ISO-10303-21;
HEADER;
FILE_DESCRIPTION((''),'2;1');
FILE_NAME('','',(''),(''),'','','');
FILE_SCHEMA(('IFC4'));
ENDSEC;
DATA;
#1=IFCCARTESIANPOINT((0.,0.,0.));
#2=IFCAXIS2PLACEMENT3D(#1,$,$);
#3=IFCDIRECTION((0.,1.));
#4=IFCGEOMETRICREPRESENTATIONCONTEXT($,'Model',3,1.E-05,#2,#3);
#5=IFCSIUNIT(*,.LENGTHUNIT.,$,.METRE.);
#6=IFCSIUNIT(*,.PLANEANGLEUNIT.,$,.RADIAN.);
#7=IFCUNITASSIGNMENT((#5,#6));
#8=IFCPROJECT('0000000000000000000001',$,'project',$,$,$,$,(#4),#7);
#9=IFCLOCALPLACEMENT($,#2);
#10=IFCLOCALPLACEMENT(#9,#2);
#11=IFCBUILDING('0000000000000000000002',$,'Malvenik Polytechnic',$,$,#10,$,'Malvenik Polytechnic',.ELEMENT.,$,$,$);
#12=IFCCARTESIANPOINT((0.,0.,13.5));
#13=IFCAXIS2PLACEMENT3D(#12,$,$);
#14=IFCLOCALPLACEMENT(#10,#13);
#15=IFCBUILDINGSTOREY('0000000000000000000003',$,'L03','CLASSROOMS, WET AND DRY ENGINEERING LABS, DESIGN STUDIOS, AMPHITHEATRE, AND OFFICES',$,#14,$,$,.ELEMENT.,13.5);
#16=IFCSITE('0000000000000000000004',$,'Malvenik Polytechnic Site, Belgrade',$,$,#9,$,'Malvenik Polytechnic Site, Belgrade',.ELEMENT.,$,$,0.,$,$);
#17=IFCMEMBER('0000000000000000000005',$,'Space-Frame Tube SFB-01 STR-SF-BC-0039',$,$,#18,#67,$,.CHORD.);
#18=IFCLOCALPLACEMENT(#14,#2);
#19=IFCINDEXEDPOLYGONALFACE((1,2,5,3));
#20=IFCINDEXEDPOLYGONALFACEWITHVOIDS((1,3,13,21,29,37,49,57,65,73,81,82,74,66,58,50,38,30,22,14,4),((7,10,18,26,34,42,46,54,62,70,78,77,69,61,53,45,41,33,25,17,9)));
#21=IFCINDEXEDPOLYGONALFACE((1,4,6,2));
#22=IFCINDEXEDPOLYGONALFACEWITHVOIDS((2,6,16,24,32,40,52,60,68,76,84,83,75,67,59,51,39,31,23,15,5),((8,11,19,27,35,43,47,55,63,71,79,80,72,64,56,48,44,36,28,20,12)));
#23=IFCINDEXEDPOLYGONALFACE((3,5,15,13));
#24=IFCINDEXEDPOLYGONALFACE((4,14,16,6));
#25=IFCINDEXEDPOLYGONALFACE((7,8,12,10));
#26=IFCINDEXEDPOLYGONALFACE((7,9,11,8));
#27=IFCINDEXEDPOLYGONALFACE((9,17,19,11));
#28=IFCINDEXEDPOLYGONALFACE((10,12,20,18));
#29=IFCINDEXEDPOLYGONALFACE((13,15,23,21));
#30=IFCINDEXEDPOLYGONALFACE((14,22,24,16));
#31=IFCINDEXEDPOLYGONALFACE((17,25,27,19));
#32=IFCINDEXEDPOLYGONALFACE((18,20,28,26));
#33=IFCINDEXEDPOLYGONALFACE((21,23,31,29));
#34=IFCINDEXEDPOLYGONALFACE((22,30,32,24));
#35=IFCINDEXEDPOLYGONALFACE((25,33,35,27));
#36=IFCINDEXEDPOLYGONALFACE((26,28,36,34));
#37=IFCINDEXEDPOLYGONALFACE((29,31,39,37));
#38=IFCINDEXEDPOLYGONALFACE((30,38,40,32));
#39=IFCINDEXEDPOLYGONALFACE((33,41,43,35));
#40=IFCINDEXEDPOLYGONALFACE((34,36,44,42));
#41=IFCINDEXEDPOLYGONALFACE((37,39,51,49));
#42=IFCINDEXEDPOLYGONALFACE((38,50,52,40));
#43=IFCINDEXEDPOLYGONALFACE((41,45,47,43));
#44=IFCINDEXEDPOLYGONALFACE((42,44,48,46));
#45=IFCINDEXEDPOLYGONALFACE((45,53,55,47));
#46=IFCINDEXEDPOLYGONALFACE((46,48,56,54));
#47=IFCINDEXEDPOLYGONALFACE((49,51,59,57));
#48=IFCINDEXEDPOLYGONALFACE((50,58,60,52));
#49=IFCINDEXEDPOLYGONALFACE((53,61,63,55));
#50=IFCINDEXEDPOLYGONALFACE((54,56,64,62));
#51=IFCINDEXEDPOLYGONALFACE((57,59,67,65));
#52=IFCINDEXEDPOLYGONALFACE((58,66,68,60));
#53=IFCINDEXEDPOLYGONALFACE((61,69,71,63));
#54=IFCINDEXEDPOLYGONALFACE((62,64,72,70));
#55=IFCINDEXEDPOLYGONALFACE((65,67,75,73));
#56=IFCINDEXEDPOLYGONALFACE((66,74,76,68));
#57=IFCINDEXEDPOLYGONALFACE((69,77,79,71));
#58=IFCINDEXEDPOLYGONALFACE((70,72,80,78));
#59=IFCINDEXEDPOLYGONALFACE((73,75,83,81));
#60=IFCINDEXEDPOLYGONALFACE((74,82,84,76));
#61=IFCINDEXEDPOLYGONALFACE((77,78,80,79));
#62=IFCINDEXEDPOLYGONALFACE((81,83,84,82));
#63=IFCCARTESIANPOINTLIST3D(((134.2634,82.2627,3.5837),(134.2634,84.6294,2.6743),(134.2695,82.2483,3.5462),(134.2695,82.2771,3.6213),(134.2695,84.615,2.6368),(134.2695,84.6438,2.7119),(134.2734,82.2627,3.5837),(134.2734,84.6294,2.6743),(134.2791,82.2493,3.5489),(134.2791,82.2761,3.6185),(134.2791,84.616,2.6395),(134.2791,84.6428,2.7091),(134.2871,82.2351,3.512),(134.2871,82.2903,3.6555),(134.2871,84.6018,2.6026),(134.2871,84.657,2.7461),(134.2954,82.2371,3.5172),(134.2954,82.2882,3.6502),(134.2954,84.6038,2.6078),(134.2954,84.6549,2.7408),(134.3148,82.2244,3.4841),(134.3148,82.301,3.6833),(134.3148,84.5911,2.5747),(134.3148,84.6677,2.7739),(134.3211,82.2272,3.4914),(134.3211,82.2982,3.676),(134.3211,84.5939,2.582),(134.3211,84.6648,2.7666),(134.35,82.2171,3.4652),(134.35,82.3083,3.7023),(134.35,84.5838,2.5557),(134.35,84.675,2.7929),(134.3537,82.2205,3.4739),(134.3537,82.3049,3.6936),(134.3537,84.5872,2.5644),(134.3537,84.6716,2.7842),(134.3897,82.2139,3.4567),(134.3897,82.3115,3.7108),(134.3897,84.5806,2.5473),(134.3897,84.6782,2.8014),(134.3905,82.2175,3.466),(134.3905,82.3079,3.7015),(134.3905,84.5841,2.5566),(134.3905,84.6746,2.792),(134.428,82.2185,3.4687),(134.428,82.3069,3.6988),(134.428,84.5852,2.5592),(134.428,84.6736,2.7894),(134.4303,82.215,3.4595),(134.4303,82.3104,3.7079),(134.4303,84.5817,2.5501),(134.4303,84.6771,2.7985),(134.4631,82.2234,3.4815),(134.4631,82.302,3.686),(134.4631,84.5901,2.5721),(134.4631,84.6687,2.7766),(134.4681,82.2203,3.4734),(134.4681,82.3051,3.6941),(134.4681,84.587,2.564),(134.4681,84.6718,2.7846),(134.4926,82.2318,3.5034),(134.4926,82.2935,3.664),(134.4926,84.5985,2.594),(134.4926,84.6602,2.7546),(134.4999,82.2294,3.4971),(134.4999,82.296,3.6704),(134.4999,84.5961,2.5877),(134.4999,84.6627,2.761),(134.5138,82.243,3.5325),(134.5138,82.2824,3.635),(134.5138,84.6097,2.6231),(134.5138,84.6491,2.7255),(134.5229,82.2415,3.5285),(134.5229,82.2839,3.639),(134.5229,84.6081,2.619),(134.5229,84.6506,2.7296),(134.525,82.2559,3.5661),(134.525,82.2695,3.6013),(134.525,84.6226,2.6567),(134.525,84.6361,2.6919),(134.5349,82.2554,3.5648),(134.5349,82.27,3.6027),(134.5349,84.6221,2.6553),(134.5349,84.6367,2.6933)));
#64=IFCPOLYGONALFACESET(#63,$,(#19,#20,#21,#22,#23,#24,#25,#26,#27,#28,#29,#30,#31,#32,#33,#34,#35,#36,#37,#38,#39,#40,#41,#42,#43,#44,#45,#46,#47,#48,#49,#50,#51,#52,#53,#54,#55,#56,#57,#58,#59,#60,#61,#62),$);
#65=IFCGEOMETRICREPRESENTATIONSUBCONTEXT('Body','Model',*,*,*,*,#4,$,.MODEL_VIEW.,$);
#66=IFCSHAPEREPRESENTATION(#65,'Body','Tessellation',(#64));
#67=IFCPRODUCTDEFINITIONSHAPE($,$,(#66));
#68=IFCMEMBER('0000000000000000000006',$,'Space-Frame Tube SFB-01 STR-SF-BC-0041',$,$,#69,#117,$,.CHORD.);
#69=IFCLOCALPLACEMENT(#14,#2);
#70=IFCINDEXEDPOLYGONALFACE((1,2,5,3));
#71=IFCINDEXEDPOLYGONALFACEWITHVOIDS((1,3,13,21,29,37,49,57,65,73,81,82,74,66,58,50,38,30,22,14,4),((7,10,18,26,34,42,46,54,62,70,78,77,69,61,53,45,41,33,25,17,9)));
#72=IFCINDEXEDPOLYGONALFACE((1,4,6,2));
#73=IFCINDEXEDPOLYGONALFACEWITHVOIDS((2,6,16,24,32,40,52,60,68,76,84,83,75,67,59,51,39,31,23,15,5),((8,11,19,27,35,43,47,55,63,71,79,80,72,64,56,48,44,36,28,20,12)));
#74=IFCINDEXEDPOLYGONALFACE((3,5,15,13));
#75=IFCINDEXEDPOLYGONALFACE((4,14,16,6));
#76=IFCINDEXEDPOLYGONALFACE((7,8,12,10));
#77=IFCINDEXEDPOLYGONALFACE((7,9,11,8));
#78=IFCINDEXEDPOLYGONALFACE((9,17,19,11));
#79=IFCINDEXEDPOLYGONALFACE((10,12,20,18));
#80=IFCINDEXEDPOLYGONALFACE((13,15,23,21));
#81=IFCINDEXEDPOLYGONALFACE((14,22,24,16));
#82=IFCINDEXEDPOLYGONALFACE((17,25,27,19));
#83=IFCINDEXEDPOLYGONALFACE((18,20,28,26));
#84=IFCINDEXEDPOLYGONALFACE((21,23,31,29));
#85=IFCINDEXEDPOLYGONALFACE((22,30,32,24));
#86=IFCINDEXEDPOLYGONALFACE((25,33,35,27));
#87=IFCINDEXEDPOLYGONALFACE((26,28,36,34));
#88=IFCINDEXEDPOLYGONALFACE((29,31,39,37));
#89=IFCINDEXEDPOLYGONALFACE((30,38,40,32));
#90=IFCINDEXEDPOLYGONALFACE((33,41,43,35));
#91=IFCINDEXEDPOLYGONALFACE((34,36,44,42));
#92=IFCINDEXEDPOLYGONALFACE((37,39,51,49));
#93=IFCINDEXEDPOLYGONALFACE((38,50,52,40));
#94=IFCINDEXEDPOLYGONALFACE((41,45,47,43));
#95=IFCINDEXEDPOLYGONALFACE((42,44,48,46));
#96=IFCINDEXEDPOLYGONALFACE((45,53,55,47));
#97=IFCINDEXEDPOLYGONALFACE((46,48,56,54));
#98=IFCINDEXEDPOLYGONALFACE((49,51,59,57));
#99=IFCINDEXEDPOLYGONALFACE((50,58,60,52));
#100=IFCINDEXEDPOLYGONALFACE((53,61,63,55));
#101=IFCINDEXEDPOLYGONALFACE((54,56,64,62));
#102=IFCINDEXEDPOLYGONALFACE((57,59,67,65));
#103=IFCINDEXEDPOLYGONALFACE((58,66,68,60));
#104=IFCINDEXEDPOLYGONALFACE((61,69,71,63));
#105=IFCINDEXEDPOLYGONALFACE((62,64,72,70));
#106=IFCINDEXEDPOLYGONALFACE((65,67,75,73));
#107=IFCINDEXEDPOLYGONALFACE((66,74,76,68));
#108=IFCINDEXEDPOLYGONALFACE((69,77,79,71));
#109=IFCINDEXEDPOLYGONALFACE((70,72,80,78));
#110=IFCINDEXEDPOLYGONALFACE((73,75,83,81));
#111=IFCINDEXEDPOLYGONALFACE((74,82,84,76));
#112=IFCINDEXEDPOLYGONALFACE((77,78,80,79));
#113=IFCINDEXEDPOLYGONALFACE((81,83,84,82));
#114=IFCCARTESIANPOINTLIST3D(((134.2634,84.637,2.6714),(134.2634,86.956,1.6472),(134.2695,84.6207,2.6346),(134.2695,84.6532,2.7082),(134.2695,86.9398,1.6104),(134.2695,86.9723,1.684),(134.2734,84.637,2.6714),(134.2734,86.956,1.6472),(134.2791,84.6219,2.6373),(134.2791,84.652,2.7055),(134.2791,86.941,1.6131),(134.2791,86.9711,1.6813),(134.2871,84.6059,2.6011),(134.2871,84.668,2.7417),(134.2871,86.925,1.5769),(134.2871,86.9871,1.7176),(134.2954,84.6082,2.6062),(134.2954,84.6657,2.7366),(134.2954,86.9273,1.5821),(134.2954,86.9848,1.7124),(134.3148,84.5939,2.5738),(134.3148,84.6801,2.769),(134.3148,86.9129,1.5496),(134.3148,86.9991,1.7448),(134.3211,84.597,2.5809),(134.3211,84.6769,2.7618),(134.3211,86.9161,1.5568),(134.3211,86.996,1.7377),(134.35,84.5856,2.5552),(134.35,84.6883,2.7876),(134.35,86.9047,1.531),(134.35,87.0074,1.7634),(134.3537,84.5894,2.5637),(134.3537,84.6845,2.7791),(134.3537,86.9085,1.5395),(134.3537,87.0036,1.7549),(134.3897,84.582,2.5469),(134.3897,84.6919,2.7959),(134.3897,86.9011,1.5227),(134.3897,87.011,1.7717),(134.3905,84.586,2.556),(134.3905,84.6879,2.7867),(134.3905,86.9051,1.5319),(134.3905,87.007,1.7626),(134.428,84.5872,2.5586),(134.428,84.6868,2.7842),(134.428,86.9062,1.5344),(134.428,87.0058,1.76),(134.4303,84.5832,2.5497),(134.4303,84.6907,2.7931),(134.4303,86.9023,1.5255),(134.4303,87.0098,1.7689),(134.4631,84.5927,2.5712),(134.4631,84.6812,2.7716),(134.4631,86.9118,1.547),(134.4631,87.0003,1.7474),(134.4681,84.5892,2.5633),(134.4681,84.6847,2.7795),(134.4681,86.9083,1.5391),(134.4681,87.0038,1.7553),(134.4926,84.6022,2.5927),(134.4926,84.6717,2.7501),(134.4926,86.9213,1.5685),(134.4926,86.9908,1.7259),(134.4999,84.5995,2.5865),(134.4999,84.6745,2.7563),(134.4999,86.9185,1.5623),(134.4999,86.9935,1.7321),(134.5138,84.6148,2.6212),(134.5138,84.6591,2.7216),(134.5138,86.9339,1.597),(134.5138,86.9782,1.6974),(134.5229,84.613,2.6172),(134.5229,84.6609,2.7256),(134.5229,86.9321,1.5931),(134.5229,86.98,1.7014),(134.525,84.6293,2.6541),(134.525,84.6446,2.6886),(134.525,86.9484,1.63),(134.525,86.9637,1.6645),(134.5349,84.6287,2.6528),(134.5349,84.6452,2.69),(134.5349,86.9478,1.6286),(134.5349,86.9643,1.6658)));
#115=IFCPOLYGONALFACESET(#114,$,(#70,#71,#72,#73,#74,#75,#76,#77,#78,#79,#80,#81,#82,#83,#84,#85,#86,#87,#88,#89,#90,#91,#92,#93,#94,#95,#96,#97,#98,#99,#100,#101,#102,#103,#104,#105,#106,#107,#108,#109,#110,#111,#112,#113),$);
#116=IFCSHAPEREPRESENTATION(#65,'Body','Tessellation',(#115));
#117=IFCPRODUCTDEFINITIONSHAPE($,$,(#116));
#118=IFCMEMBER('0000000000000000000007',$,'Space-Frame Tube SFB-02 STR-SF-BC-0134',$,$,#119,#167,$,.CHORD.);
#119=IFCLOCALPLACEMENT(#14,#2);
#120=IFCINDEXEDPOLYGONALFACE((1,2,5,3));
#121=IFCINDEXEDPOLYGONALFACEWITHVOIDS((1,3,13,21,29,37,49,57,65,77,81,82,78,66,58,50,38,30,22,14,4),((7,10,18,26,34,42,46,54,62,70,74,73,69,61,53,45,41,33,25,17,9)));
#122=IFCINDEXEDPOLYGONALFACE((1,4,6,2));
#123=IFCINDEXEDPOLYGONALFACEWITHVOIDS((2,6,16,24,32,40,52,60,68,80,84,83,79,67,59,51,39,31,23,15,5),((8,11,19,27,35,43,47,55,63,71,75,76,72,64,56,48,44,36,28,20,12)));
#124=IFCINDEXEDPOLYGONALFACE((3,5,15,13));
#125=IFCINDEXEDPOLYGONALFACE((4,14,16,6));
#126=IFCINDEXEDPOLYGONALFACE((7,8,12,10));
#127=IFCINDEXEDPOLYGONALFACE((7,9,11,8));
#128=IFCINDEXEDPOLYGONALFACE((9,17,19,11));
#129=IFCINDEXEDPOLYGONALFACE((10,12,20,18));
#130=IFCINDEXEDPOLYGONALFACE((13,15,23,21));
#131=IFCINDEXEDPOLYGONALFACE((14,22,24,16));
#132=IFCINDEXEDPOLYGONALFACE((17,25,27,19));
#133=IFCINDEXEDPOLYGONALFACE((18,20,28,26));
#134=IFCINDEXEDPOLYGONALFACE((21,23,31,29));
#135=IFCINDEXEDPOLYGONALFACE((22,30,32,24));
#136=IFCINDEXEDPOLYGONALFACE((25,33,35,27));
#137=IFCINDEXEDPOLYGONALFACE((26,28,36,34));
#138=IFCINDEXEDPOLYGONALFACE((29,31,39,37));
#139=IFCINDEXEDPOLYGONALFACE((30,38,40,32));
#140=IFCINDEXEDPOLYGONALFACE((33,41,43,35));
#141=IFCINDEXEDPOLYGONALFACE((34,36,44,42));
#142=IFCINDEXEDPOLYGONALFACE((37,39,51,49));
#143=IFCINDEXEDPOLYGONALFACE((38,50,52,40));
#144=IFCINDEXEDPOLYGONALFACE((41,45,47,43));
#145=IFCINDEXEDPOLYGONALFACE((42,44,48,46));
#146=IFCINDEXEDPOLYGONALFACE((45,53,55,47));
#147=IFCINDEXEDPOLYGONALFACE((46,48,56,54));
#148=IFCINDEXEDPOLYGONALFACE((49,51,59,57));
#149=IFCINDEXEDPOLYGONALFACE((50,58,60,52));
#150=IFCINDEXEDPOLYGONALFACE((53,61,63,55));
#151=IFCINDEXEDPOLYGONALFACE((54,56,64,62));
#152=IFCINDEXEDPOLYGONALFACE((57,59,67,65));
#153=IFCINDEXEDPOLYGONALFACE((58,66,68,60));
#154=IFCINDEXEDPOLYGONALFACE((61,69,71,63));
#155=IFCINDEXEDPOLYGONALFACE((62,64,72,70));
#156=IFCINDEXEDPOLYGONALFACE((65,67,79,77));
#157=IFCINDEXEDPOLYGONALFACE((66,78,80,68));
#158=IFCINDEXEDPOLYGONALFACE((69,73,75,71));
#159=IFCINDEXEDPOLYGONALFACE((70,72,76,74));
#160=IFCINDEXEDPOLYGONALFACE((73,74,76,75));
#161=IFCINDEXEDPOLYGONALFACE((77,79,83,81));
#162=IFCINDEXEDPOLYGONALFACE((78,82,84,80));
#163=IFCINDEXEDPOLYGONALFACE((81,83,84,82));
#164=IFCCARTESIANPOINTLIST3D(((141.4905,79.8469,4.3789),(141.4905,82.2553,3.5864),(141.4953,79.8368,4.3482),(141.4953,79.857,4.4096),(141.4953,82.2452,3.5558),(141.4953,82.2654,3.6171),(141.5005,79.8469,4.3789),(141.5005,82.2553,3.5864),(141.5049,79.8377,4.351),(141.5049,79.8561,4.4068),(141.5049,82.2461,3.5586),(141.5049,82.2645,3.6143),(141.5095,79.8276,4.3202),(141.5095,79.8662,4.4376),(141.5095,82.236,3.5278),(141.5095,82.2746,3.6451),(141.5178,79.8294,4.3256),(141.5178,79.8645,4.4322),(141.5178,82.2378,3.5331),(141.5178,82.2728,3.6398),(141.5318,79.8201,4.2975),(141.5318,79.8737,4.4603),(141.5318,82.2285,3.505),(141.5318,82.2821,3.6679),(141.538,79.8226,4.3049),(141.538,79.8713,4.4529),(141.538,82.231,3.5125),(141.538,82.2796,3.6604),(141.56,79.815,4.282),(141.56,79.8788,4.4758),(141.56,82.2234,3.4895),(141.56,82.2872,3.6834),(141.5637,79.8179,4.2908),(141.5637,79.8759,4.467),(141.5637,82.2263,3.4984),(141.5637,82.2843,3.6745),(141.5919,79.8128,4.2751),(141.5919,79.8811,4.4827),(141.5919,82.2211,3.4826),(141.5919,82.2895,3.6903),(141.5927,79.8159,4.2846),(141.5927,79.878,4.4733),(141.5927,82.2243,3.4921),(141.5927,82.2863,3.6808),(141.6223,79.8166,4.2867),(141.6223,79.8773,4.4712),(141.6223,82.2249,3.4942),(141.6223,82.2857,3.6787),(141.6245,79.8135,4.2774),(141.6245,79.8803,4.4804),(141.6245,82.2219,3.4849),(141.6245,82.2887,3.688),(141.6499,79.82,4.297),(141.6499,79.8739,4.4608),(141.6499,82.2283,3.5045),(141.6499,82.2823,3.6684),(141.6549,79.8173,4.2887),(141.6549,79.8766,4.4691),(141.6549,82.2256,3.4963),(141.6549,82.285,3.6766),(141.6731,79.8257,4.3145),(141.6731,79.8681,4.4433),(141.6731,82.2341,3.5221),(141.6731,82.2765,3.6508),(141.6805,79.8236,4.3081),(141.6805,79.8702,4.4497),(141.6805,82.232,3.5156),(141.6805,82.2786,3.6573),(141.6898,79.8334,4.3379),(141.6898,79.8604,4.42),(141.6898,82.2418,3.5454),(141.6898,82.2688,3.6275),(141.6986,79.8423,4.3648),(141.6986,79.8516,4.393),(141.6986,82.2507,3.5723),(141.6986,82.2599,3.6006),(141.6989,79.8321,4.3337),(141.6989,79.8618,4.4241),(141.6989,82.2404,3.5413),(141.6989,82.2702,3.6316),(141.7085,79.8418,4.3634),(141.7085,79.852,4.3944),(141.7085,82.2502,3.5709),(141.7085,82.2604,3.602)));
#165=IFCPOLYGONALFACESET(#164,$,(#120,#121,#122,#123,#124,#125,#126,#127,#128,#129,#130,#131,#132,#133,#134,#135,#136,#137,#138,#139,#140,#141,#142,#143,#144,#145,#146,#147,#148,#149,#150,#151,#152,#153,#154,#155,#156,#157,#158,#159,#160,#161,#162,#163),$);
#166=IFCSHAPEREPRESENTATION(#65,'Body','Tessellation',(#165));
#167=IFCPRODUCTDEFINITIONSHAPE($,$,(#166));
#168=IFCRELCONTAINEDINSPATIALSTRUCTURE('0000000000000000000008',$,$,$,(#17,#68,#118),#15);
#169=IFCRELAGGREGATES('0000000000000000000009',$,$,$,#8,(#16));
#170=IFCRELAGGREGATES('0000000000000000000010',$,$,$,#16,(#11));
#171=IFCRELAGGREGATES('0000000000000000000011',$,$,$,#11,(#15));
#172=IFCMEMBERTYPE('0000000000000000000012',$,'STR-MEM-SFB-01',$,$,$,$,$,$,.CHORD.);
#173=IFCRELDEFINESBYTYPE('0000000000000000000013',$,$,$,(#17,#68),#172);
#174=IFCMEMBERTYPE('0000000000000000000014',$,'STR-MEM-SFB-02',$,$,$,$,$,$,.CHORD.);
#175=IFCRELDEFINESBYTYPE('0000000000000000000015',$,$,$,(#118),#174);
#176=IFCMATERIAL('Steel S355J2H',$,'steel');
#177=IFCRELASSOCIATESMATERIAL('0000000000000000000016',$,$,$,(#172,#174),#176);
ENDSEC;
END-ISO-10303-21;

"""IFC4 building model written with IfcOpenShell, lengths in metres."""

from ifc_helpers import new_model, si_unit, direction, frame, origin, origin_2d, place, context, subcontext, project, spatial, hollow_circle, extrude, material, material_profile, profile_set, type_object, element, save


model = new_model("IFC4")

# Units and contexts
model_context = context("Model", 3, precision=1e-05, world=origin(), true_north=direction((0.0, 1.0)))
body_context = subcontext(model_context, "Body", "Model", "MODEL_VIEW")
ifc_project = project(units=[si_unit("LENGTHUNIT", "METRE"), si_unit("PLANEANGLEUNIT", "RADIAN")], contexts=[model_context])

# Site, building, storey
site_placement = place(None, origin())
site = spatial("IfcSite", under=ifc_project, at=site_placement, Name="Malvenik Polytechnic Site, Belgrade", LongName="Malvenik Polytechnic Site, Belgrade", CompositionType="ELEMENT", RefElevation=0.0)
building_placement = place(site_placement, origin())
building = spatial("IfcBuilding", under=site, at=building_placement, Name="Malvenik Polytechnic", LongName="Malvenik Polytechnic", CompositionType="ELEMENT")
storey_placement = place(building_placement, frame((0.0, 0.0, 13.5)))
storey = spatial("IfcBuildingStorey", under=building, at=storey_placement, Name="L03", Description="CLASSROOMS, WET AND DRY ENGINEERING LABS, DESIGN STUDIOS, AMPHITHEATRE, AND OFFICES", CompositionType="ELEMENT", Elevation=13.5)

# Members
ifc_material_1 = material(Name="Steel S355J2H", Category="steel")
ifc_material_profile_1 = material_profile(ifc_material_1, hollow_circle(Radius=0.1365, WallThickness=0.01, at=origin_2d()), Name="CHS 273.0x10.0")
ifc_profile_set_1 = profile_set([ifc_material_profile_1], Name="Steel S355J2H")
member_type_1 = type_object("IfcMemberType", Name="STR-MEM-SFB-01", PredefinedType="CHORD", material=ifc_profile_set_1)
for number, where, z_axis, x_axis, name in (
    (1, (134.3999, 82.2627, 3.5837), (0.0, 0.933457, -0.358689), (-1.0, 0.0, 0.0), "Space-Frame Tube SFB-01 STR-SF-BC-0039"),
):
    element("IfcMember", number, at=place(storey_placement, frame(where, z_axis=z_axis, x_axis=x_axis)), inside=storey, type_object=member_type_1, Name=name, PredefinedType="CHORD", context=body_context, shape_type="SweptSolid", body=[
        extrude(hollow_circle(Radius=0.1365, WallThickness=0.01, at=origin_2d()), origin(), (0.0, 0.0, 1.0), 2.5354),
    ])
member_1_placement = place(storey_placement, frame((134.3999, 84.637, 2.6714), z_axis=(0.0, 0.914766, -0.403984), x_axis=(-1.0, 0.0, 0.0)))
element("IfcMember", 2, at=member_1_placement, inside=storey, type_object=member_type_1, Name="Space-Frame Tube SFB-01 STR-SF-BC-0041", PredefinedType="CHORD", context=body_context, shape_type="SweptSolid", body=[
    extrude(hollow_circle(Radius=0.1365, WallThickness=0.01, at=origin_2d()), origin(), (0.0, 0.0, 1.0), 2.5352),
])
ifc_material_profile_2 = material_profile(ifc_material_1, hollow_circle(Radius=0.1096, WallThickness=0.01, at=origin_2d()), Name="CHS 219.1x10.0")
ifc_profile_set_2 = profile_set([ifc_material_profile_2], Name="Steel S355J2H")
member_type_2 = type_object("IfcMemberType", Name="STR-MEM-SFB-02", PredefinedType="CHORD", material=ifc_profile_set_2)
for number, where, z_axis, x_axis, name in (
    (3, (141.6001, 79.8469, 4.3789), (0.0, 0.949899, -0.312557), (-1.0, 0.0, 0.0), "Space-Frame Tube SFB-02 STR-SF-BC-0134"),
):
    element("IfcMember", number, at=place(storey_placement, frame(where, z_axis=z_axis, x_axis=x_axis)), inside=storey, type_object=member_type_2, Name=name, PredefinedType="CHORD", context=body_context, shape_type="SweptSolid", body=[
        extrude(hollow_circle(Radius=0.1096, WallThickness=0.01, at=origin_2d()), origin(), (0.0, 0.0, 1.0), 2.5354),
    ])

save(model, "model.ifc")
